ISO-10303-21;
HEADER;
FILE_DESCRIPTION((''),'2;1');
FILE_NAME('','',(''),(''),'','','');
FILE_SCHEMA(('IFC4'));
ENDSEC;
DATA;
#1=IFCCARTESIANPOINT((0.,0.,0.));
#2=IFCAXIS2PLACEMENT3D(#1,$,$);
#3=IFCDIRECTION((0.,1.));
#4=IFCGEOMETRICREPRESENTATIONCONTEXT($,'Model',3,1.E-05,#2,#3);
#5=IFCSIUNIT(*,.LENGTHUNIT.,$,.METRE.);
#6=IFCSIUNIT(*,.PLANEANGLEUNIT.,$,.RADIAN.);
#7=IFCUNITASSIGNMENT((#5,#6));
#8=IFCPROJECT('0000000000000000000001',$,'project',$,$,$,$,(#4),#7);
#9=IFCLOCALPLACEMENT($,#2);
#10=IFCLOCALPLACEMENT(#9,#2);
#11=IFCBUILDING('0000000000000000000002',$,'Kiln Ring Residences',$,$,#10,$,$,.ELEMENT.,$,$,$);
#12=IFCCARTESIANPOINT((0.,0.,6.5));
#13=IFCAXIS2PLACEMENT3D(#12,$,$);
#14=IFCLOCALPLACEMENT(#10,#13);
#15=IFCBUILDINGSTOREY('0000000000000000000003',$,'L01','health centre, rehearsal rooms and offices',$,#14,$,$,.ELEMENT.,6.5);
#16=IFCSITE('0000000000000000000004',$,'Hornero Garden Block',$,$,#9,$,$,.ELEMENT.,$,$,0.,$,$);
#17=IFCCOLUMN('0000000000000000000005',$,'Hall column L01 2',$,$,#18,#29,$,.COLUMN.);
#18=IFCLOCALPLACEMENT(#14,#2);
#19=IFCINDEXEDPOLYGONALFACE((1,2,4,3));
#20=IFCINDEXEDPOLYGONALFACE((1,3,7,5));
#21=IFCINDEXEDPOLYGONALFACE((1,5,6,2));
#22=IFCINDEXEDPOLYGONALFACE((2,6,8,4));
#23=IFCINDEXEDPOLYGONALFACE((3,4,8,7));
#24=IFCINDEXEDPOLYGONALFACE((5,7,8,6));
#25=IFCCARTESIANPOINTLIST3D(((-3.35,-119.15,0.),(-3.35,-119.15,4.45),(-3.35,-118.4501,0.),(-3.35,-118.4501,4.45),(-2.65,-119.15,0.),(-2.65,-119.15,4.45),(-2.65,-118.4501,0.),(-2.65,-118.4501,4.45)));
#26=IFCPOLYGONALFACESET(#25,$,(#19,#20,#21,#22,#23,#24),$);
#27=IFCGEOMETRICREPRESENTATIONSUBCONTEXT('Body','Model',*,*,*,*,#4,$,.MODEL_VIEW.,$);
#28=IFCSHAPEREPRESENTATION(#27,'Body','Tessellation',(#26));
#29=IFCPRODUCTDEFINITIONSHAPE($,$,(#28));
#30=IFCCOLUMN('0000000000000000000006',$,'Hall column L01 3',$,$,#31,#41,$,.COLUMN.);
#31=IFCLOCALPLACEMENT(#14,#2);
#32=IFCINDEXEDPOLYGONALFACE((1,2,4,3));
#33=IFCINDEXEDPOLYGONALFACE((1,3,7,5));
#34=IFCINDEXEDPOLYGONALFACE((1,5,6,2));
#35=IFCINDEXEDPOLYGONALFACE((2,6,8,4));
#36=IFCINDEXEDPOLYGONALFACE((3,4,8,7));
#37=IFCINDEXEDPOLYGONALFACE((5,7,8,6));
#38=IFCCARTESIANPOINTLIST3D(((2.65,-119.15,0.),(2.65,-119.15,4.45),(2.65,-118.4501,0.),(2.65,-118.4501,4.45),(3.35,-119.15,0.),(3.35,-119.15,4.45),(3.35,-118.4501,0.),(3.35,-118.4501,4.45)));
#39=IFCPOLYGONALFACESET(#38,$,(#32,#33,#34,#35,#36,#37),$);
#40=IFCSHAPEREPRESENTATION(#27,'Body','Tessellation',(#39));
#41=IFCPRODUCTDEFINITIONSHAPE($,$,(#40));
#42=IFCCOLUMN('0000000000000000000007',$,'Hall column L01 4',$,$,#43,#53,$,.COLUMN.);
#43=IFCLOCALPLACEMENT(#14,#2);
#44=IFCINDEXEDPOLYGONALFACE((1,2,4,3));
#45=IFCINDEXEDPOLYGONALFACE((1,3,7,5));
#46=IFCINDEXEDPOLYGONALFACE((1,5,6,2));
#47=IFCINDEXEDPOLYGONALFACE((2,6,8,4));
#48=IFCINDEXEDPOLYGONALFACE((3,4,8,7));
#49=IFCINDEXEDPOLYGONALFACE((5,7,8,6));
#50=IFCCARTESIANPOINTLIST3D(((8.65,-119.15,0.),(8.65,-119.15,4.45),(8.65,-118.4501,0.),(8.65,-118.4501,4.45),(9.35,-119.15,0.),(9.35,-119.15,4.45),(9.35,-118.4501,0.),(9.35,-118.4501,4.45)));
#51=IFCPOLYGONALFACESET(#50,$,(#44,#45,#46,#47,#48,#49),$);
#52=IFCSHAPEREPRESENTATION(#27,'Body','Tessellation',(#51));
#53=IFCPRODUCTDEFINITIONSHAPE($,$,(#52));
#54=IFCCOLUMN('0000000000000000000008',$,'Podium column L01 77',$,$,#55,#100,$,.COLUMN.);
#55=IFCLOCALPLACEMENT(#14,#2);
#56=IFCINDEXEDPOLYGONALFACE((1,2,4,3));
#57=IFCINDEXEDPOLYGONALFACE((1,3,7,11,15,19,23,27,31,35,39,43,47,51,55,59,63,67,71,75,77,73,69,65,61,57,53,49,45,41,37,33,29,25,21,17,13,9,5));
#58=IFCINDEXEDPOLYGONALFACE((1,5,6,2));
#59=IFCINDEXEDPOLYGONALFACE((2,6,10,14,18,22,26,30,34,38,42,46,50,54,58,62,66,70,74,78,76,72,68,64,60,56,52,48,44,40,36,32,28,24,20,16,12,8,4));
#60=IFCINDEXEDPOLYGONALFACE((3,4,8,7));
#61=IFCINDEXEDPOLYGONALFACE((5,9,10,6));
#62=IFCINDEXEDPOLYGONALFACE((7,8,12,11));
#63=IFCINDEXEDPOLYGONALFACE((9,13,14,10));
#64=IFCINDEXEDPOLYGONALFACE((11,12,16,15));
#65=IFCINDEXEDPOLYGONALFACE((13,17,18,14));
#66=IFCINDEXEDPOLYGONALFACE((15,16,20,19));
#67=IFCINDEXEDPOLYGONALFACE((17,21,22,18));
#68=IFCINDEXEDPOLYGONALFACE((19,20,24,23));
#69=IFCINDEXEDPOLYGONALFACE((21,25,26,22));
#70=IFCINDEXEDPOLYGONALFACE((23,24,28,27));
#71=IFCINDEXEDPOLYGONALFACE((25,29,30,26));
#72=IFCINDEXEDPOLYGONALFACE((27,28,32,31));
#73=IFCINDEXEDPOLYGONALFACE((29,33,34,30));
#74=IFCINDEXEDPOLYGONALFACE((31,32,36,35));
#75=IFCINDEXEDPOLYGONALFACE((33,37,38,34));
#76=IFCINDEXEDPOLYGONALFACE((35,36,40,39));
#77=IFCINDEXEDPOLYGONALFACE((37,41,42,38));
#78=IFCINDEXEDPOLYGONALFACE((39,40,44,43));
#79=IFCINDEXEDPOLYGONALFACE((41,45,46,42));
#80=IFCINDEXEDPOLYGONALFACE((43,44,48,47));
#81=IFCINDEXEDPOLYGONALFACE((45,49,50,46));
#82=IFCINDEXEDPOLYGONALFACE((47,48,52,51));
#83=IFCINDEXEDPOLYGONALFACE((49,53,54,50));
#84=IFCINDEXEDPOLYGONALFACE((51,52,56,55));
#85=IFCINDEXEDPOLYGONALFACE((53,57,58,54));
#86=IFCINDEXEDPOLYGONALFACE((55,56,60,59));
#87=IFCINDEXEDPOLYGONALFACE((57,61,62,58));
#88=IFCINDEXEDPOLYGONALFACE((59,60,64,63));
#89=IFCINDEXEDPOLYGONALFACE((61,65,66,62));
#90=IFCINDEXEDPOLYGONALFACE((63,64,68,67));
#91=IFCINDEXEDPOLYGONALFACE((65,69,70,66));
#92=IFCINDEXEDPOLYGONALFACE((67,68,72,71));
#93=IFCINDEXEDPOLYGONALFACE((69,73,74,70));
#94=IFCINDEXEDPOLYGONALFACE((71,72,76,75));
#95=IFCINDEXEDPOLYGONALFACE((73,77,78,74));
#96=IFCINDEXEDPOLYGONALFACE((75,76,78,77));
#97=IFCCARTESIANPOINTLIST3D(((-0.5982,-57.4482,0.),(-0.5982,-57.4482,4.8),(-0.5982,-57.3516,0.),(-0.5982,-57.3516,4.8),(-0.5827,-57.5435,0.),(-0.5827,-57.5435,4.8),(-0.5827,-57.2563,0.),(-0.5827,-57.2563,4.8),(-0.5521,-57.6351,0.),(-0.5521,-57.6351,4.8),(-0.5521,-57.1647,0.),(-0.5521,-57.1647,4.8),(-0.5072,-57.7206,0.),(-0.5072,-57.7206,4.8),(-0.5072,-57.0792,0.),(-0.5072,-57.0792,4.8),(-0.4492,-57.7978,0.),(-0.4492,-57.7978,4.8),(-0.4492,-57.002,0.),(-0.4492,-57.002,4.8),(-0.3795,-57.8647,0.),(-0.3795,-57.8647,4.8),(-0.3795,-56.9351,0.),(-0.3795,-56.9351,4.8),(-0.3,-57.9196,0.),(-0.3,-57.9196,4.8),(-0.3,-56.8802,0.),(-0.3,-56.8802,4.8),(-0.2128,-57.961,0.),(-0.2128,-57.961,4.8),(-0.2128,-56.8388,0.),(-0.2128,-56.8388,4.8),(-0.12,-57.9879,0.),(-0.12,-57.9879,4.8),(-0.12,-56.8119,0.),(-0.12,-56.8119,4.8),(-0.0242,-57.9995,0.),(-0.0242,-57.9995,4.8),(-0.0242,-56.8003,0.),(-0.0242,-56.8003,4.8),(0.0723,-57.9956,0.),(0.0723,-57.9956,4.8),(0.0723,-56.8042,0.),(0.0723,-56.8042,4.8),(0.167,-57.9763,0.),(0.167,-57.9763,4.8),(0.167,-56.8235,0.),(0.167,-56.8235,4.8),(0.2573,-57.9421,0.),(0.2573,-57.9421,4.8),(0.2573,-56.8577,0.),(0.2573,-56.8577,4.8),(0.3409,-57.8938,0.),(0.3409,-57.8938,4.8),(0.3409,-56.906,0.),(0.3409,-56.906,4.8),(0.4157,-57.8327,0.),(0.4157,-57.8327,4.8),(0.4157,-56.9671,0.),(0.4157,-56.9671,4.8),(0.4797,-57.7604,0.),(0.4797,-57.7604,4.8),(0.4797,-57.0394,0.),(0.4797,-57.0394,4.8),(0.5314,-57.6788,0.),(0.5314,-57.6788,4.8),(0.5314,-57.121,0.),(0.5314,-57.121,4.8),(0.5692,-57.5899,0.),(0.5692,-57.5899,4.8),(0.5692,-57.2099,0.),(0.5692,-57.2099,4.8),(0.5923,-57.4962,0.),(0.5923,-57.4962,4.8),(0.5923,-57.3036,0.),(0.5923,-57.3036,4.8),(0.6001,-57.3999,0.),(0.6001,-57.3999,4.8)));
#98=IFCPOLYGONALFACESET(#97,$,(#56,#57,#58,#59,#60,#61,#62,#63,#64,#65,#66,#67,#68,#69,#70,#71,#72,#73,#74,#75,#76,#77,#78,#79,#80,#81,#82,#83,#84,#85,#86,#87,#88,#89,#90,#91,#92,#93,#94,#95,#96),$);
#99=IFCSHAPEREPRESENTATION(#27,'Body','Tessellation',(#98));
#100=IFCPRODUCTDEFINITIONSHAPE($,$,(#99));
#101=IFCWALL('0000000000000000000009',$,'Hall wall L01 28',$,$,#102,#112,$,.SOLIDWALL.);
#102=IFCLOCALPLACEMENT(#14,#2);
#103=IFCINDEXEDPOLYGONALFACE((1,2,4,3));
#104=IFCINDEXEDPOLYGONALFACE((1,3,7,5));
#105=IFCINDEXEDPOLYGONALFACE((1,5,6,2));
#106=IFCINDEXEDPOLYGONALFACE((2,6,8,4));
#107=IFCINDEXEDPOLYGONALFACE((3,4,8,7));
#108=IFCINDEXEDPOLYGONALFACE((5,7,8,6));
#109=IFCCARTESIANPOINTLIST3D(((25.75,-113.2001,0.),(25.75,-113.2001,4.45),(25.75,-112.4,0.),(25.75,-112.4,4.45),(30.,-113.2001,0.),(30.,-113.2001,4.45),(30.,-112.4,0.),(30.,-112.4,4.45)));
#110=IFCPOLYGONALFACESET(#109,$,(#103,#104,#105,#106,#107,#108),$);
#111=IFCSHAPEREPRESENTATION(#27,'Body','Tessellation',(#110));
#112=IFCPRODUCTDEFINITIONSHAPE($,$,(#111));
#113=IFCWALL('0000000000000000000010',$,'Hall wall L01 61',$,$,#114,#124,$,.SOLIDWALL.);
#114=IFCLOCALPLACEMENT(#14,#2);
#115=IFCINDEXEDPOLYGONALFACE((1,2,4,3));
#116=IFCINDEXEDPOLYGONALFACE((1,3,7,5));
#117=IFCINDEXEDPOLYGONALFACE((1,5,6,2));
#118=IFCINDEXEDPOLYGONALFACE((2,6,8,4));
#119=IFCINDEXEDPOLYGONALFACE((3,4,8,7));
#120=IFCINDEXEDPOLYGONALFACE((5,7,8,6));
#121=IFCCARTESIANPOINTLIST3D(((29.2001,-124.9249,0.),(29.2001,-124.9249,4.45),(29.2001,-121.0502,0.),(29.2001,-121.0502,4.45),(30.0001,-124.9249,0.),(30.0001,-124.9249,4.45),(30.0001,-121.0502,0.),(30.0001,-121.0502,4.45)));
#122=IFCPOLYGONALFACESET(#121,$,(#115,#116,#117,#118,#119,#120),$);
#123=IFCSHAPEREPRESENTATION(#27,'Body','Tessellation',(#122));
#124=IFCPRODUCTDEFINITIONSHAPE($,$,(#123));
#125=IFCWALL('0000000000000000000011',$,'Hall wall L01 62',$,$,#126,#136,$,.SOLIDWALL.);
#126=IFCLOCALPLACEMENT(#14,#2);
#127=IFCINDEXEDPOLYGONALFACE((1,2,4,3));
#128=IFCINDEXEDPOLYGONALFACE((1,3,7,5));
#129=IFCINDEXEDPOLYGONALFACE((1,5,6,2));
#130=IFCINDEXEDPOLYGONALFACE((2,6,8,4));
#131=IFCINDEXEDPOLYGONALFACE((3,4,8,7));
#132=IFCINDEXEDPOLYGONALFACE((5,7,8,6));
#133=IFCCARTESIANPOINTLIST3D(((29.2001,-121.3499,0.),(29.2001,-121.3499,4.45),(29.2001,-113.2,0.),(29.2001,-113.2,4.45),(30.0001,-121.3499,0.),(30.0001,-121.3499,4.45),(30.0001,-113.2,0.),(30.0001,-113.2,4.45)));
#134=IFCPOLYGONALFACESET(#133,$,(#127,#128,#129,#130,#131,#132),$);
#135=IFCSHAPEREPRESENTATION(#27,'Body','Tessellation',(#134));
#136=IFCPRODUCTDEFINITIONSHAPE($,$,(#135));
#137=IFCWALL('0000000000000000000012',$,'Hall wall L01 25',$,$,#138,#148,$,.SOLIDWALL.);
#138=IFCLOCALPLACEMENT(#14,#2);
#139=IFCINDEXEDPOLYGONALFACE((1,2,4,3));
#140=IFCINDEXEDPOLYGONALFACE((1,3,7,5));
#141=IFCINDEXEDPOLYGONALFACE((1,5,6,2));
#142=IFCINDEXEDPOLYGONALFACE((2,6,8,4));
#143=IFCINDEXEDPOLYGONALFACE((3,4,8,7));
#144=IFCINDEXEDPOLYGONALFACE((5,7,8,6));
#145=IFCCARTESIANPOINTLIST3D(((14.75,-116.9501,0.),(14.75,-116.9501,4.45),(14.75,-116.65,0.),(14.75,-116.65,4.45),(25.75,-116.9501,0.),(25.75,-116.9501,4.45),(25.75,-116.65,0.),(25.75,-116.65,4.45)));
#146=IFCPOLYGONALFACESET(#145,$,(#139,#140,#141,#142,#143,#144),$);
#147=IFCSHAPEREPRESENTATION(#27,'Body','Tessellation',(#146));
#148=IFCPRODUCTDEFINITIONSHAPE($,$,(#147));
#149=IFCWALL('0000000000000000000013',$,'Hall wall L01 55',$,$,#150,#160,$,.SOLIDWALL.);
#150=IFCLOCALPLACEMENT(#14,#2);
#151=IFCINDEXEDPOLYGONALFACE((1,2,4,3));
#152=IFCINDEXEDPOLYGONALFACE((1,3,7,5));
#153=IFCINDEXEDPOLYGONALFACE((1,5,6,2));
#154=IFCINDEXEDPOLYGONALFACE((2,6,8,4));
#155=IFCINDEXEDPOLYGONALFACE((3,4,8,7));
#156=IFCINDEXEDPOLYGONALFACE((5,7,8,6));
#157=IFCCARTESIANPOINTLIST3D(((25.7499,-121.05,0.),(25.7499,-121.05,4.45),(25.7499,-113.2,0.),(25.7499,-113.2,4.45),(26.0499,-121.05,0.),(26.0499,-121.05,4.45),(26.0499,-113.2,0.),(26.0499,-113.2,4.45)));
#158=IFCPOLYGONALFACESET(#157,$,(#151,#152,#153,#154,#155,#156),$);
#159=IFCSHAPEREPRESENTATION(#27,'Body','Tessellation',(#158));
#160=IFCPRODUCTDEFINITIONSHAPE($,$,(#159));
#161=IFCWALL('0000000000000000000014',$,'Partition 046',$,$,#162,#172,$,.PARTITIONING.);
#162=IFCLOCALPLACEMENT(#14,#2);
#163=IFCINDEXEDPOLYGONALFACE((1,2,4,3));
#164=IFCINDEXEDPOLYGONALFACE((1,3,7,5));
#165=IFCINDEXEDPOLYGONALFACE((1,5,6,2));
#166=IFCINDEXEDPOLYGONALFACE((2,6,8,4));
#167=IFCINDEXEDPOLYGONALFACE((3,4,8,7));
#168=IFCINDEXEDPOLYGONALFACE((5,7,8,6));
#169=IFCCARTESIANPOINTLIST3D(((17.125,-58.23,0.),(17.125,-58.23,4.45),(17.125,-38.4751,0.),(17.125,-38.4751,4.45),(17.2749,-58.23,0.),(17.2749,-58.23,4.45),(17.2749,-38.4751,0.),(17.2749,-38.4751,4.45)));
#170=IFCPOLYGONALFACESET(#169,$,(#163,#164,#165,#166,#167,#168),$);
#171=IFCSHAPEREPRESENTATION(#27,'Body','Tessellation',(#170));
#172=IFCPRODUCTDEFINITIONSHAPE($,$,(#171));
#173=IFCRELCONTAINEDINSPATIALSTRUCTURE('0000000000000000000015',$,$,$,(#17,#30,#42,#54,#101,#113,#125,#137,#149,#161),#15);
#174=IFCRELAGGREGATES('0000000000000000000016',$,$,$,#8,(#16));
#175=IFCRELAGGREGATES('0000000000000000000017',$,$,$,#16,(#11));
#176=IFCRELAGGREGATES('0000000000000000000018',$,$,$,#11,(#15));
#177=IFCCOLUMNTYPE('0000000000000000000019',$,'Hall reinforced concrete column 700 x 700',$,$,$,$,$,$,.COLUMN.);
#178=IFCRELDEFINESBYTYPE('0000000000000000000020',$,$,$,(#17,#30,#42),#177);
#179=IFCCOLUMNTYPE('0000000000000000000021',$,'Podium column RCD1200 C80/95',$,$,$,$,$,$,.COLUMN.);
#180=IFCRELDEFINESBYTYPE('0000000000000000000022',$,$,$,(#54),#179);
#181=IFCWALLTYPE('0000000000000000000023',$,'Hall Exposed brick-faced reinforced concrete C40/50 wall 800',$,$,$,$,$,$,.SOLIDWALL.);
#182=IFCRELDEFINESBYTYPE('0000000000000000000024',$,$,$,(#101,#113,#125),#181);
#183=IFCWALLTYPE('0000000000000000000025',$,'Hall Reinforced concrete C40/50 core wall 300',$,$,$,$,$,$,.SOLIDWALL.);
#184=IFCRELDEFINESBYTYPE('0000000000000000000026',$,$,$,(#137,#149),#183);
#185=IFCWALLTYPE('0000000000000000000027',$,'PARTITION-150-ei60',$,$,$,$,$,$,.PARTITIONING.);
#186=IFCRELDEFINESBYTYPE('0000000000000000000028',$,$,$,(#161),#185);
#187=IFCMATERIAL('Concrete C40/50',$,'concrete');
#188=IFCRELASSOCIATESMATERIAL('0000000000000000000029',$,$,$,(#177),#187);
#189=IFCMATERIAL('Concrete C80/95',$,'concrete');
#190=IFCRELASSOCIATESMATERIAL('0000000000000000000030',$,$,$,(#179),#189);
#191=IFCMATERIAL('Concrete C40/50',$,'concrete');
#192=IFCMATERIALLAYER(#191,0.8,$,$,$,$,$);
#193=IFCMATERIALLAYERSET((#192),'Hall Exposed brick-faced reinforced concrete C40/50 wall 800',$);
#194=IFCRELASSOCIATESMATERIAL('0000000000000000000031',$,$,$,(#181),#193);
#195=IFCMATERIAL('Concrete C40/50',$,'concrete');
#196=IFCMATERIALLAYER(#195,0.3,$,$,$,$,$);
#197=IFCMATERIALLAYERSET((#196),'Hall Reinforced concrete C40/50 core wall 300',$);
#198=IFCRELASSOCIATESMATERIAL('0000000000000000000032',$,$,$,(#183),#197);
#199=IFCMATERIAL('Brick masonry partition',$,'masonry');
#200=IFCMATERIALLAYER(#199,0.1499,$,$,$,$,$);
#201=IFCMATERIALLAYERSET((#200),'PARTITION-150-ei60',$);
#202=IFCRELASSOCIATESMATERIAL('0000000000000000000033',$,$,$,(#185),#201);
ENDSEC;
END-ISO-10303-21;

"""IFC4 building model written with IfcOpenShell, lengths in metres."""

from ifc_helpers import new_model, si_unit, direction, frame, frame_2d, origin, origin_2d, place, context, subcontext, project, spatial, rectangle, circle, extrude, material, layer, layer_set, material_profile, profile_set, type_object, element, save


model = new_model("IFC4")

# Units and contexts
model_context = context("Model", 3, precision=1e-05, world=origin(), true_north=direction((0.0, 1.0)))
body_context = subcontext(model_context, "Body", "Model", "MODEL_VIEW")
ifc_project = project(units=[si_unit("LENGTHUNIT", "METRE"), si_unit("PLANEANGLEUNIT", "RADIAN")], contexts=[model_context])

# Site, building, storey
site_placement = place(None, origin())
site = spatial("IfcSite", under=ifc_project, at=site_placement, Name="Hornero Garden Block", CompositionType="ELEMENT", RefElevation=0.0)
building_placement = place(site_placement, origin())
building = spatial("IfcBuilding", under=site, at=building_placement, Name="Kiln Ring Residences", CompositionType="ELEMENT")
storey_placement = place(building_placement, frame((0.0, 0.0, 6.5)))
storey = spatial("IfcBuildingStorey", under=building, at=storey_placement, Name="L01", Description="health centre, rehearsal rooms and offices", CompositionType="ELEMENT", Elevation=6.5)

# Columns
ifc_material_1 = material(Name="Concrete C40/50", Category="concrete")
ifc_material_profile_1 = material_profile(ifc_material_1, rectangle(XDim=0.7, YDim=0.7, at=origin_2d()), Name="Hall reinforced concrete column 700 x 700")
ifc_profile_set_1 = profile_set([ifc_material_profile_1], Name="Concrete C40/50")
column_type_1 = type_object("IfcColumnType", Name="Hall reinforced concrete column 700 x 700", PredefinedType="COLUMN", material=ifc_profile_set_1)
for number, where, z_axis, x_axis, name in (
    (1, (-3.0, -118.8, 0.0), (0.0, 0.0, 1.0), (1.0, 0.0, 0.0), "Hall column L01 2"),
    (2, (3.0, -118.8, 0.0), (0.0, 0.0, 1.0), (1.0, 0.0, 0.0), "Hall column L01 3"),
    (3, (9.0, -118.8, 0.0), (0.0, 0.0, 1.0), (1.0, 0.0, 0.0), "Hall column L01 4"),
):
    element("IfcColumn", number, at=place(storey_placement, frame(where, z_axis=z_axis, x_axis=x_axis)), inside=storey, type_object=column_type_1, Name=name, PredefinedType="COLUMN", context=body_context, shape_type="SweptSolid", body=[
        extrude(rectangle(XDim=0.7, YDim=0.7, at=origin_2d()), origin(), (0.0, 0.0, 1.0), 4.45),
    ])
ifc_material_2 = material(Name="Concrete C80/95", Category="concrete")
ifc_material_profile_2 = material_profile(ifc_material_2, circle(Radius=0.6001, at=origin_2d()), Name="RCD1200")
ifc_profile_set_2 = profile_set([ifc_material_profile_2], Name="Concrete C80/95")
column_type_2 = type_object("IfcColumnType", Name="Podium column RCD1200 C80/95", PredefinedType="COLUMN", material=ifc_profile_set_2)
column_placement = place(storey_placement, frame((0.0, -57.3999, 0.0), z_axis=(0.0, 0.0, 1.0), x_axis=(1.0, 0.0, 0.0)))
element("IfcColumn", 4, at=column_placement, inside=storey, type_object=column_type_2, Name="Podium column L01 77", PredefinedType="COLUMN", context=body_context, shape_type="SweptSolid", body=[
    extrude(circle(Radius=0.6001, at=origin_2d()), origin(), (0.0, 0.0, 1.0), 4.8),
])

# Walls
ifc_material_3 = material(Name="Concrete C40/50", Category="concrete")
ifc_layer_1 = layer(ifc_material_3, 0.8)
ifc_layer_set_1 = layer_set([ifc_layer_1], Name="Hall Exposed brick-faced reinforced concrete C40/50 wall 800")
wall_type_1 = type_object("IfcWallType", Name="Hall Exposed brick-faced reinforced concrete C40/50 wall 800", PredefinedType="SOLIDWALL", material=ifc_layer_set_1)
wall_1_placement = place(storey_placement, frame((25.75, -112.8, 0.0), z_axis=(0.0, 0.0, 1.0), x_axis=(1.0, 0.0, 0.0)))
element("IfcWall", 5, at=wall_1_placement, inside=storey, type_object=wall_type_1, Name="Hall wall L01 28", PredefinedType="SOLIDWALL", context=body_context, shape_type="SweptSolid", body=[
    extrude(rectangle(XDim=4.25, YDim=0.8, at=frame_2d((2.125, 0.0))), origin(), (0.0, 0.0, 1.0), 4.45),
])
wall_2_placement = place(storey_placement, frame((29.6001, -121.05, 0.0), z_axis=(0.0, 0.0, 1.0), x_axis=(0.0, -1.0, 0.0)))
element("IfcWall", 6, at=wall_2_placement, inside=storey, type_object=wall_type_1, Name="Hall wall L01 61", PredefinedType="SOLIDWALL", context=body_context, shape_type="SweptSolid", body=[
    extrude(rectangle(XDim=3.8748, YDim=0.8, at=frame_2d((1.9375, 0.0))), origin(), (0.0, 0.0, 1.0), 4.45),
])
wall_3_placement = place(storey_placement, frame((29.6001, -113.2, 0.0), z_axis=(0.0, 0.0, 1.0), x_axis=(0.0, -1.0, 0.0)))
element("IfcWall", 7, at=wall_3_placement, inside=storey, type_object=wall_type_1, Name="Hall wall L01 62", PredefinedType="SOLIDWALL", context=body_context, shape_type="SweptSolid", body=[
    extrude(rectangle(XDim=8.1499, YDim=0.8, at=frame_2d((4.075, 0.0))), origin(), (0.0, 0.0, 1.0), 4.45),
])
ifc_material_4 = material(Name="Concrete C40/50", Category="concrete")
ifc_layer_2 = layer(ifc_material_4, 0.3)
ifc_layer_set_2 = layer_set([ifc_layer_2], Name="Hall Reinforced concrete C40/50 core wall 300")
wall_type_2 = type_object("IfcWallType", Name="Hall Reinforced concrete C40/50 core wall 300", PredefinedType="SOLIDWALL", material=ifc_layer_set_2)
wall_4_placement = place(storey_placement, frame((14.75, -116.8, 0.0), z_axis=(0.0, 0.0, 1.0), x_axis=(1.0, 0.0, 0.0)))
element("IfcWall", 8, at=wall_4_placement, inside=storey, type_object=wall_type_2, Name="Hall wall L01 25", PredefinedType="SOLIDWALL", context=body_context, shape_type="SweptSolid", body=[
    extrude(rectangle(XDim=11.0, YDim=0.3, at=frame_2d((5.5, 0.0))), origin(), (0.0, 0.0, 1.0), 4.45),
])
wall_5_placement = place(storey_placement, frame((25.8999, -121.05, 0.0), z_axis=(0.0, 0.0, 1.0), x_axis=(0.0, 1.0, 0.0)))
element("IfcWall", 9, at=wall_5_placement, inside=storey, type_object=wall_type_2, Name="Hall wall L01 55", PredefinedType="SOLIDWALL", context=body_context, shape_type="SweptSolid", body=[
    extrude(rectangle(XDim=7.8501, YDim=0.3, at=frame_2d((3.925, 0.0))), origin(), (0.0, 0.0, 1.0), 4.45),
])
ifc_material_5 = material(Name="Brick masonry partition", Category="masonry")
ifc_layer_3 = layer(ifc_material_5, 0.1499)
ifc_layer_set_3 = layer_set([ifc_layer_3], Name="PARTITION-150-ei60")
wall_type_3 = type_object("IfcWallType", Name="PARTITION-150-ei60", PredefinedType="PARTITIONING", material=ifc_layer_set_3)
wall_6_placement = place(storey_placement, frame((17.2, -58.23, 0.0), z_axis=(0.0, 0.0, 1.0), x_axis=(0.0, 1.0, 0.0)))
element("IfcWall", 10, at=wall_6_placement, inside=storey, type_object=wall_type_3, Name="Partition 046", PredefinedType="PARTITIONING", context=body_context, shape_type="SweptSolid", body=[
    extrude(rectangle(XDim=19.7549, YDim=0.1499, at=frame_2d((9.8774, 0.0))), origin(), (0.0, 0.0, 1.0), 4.45),
])

save(model, "model.ifc")
